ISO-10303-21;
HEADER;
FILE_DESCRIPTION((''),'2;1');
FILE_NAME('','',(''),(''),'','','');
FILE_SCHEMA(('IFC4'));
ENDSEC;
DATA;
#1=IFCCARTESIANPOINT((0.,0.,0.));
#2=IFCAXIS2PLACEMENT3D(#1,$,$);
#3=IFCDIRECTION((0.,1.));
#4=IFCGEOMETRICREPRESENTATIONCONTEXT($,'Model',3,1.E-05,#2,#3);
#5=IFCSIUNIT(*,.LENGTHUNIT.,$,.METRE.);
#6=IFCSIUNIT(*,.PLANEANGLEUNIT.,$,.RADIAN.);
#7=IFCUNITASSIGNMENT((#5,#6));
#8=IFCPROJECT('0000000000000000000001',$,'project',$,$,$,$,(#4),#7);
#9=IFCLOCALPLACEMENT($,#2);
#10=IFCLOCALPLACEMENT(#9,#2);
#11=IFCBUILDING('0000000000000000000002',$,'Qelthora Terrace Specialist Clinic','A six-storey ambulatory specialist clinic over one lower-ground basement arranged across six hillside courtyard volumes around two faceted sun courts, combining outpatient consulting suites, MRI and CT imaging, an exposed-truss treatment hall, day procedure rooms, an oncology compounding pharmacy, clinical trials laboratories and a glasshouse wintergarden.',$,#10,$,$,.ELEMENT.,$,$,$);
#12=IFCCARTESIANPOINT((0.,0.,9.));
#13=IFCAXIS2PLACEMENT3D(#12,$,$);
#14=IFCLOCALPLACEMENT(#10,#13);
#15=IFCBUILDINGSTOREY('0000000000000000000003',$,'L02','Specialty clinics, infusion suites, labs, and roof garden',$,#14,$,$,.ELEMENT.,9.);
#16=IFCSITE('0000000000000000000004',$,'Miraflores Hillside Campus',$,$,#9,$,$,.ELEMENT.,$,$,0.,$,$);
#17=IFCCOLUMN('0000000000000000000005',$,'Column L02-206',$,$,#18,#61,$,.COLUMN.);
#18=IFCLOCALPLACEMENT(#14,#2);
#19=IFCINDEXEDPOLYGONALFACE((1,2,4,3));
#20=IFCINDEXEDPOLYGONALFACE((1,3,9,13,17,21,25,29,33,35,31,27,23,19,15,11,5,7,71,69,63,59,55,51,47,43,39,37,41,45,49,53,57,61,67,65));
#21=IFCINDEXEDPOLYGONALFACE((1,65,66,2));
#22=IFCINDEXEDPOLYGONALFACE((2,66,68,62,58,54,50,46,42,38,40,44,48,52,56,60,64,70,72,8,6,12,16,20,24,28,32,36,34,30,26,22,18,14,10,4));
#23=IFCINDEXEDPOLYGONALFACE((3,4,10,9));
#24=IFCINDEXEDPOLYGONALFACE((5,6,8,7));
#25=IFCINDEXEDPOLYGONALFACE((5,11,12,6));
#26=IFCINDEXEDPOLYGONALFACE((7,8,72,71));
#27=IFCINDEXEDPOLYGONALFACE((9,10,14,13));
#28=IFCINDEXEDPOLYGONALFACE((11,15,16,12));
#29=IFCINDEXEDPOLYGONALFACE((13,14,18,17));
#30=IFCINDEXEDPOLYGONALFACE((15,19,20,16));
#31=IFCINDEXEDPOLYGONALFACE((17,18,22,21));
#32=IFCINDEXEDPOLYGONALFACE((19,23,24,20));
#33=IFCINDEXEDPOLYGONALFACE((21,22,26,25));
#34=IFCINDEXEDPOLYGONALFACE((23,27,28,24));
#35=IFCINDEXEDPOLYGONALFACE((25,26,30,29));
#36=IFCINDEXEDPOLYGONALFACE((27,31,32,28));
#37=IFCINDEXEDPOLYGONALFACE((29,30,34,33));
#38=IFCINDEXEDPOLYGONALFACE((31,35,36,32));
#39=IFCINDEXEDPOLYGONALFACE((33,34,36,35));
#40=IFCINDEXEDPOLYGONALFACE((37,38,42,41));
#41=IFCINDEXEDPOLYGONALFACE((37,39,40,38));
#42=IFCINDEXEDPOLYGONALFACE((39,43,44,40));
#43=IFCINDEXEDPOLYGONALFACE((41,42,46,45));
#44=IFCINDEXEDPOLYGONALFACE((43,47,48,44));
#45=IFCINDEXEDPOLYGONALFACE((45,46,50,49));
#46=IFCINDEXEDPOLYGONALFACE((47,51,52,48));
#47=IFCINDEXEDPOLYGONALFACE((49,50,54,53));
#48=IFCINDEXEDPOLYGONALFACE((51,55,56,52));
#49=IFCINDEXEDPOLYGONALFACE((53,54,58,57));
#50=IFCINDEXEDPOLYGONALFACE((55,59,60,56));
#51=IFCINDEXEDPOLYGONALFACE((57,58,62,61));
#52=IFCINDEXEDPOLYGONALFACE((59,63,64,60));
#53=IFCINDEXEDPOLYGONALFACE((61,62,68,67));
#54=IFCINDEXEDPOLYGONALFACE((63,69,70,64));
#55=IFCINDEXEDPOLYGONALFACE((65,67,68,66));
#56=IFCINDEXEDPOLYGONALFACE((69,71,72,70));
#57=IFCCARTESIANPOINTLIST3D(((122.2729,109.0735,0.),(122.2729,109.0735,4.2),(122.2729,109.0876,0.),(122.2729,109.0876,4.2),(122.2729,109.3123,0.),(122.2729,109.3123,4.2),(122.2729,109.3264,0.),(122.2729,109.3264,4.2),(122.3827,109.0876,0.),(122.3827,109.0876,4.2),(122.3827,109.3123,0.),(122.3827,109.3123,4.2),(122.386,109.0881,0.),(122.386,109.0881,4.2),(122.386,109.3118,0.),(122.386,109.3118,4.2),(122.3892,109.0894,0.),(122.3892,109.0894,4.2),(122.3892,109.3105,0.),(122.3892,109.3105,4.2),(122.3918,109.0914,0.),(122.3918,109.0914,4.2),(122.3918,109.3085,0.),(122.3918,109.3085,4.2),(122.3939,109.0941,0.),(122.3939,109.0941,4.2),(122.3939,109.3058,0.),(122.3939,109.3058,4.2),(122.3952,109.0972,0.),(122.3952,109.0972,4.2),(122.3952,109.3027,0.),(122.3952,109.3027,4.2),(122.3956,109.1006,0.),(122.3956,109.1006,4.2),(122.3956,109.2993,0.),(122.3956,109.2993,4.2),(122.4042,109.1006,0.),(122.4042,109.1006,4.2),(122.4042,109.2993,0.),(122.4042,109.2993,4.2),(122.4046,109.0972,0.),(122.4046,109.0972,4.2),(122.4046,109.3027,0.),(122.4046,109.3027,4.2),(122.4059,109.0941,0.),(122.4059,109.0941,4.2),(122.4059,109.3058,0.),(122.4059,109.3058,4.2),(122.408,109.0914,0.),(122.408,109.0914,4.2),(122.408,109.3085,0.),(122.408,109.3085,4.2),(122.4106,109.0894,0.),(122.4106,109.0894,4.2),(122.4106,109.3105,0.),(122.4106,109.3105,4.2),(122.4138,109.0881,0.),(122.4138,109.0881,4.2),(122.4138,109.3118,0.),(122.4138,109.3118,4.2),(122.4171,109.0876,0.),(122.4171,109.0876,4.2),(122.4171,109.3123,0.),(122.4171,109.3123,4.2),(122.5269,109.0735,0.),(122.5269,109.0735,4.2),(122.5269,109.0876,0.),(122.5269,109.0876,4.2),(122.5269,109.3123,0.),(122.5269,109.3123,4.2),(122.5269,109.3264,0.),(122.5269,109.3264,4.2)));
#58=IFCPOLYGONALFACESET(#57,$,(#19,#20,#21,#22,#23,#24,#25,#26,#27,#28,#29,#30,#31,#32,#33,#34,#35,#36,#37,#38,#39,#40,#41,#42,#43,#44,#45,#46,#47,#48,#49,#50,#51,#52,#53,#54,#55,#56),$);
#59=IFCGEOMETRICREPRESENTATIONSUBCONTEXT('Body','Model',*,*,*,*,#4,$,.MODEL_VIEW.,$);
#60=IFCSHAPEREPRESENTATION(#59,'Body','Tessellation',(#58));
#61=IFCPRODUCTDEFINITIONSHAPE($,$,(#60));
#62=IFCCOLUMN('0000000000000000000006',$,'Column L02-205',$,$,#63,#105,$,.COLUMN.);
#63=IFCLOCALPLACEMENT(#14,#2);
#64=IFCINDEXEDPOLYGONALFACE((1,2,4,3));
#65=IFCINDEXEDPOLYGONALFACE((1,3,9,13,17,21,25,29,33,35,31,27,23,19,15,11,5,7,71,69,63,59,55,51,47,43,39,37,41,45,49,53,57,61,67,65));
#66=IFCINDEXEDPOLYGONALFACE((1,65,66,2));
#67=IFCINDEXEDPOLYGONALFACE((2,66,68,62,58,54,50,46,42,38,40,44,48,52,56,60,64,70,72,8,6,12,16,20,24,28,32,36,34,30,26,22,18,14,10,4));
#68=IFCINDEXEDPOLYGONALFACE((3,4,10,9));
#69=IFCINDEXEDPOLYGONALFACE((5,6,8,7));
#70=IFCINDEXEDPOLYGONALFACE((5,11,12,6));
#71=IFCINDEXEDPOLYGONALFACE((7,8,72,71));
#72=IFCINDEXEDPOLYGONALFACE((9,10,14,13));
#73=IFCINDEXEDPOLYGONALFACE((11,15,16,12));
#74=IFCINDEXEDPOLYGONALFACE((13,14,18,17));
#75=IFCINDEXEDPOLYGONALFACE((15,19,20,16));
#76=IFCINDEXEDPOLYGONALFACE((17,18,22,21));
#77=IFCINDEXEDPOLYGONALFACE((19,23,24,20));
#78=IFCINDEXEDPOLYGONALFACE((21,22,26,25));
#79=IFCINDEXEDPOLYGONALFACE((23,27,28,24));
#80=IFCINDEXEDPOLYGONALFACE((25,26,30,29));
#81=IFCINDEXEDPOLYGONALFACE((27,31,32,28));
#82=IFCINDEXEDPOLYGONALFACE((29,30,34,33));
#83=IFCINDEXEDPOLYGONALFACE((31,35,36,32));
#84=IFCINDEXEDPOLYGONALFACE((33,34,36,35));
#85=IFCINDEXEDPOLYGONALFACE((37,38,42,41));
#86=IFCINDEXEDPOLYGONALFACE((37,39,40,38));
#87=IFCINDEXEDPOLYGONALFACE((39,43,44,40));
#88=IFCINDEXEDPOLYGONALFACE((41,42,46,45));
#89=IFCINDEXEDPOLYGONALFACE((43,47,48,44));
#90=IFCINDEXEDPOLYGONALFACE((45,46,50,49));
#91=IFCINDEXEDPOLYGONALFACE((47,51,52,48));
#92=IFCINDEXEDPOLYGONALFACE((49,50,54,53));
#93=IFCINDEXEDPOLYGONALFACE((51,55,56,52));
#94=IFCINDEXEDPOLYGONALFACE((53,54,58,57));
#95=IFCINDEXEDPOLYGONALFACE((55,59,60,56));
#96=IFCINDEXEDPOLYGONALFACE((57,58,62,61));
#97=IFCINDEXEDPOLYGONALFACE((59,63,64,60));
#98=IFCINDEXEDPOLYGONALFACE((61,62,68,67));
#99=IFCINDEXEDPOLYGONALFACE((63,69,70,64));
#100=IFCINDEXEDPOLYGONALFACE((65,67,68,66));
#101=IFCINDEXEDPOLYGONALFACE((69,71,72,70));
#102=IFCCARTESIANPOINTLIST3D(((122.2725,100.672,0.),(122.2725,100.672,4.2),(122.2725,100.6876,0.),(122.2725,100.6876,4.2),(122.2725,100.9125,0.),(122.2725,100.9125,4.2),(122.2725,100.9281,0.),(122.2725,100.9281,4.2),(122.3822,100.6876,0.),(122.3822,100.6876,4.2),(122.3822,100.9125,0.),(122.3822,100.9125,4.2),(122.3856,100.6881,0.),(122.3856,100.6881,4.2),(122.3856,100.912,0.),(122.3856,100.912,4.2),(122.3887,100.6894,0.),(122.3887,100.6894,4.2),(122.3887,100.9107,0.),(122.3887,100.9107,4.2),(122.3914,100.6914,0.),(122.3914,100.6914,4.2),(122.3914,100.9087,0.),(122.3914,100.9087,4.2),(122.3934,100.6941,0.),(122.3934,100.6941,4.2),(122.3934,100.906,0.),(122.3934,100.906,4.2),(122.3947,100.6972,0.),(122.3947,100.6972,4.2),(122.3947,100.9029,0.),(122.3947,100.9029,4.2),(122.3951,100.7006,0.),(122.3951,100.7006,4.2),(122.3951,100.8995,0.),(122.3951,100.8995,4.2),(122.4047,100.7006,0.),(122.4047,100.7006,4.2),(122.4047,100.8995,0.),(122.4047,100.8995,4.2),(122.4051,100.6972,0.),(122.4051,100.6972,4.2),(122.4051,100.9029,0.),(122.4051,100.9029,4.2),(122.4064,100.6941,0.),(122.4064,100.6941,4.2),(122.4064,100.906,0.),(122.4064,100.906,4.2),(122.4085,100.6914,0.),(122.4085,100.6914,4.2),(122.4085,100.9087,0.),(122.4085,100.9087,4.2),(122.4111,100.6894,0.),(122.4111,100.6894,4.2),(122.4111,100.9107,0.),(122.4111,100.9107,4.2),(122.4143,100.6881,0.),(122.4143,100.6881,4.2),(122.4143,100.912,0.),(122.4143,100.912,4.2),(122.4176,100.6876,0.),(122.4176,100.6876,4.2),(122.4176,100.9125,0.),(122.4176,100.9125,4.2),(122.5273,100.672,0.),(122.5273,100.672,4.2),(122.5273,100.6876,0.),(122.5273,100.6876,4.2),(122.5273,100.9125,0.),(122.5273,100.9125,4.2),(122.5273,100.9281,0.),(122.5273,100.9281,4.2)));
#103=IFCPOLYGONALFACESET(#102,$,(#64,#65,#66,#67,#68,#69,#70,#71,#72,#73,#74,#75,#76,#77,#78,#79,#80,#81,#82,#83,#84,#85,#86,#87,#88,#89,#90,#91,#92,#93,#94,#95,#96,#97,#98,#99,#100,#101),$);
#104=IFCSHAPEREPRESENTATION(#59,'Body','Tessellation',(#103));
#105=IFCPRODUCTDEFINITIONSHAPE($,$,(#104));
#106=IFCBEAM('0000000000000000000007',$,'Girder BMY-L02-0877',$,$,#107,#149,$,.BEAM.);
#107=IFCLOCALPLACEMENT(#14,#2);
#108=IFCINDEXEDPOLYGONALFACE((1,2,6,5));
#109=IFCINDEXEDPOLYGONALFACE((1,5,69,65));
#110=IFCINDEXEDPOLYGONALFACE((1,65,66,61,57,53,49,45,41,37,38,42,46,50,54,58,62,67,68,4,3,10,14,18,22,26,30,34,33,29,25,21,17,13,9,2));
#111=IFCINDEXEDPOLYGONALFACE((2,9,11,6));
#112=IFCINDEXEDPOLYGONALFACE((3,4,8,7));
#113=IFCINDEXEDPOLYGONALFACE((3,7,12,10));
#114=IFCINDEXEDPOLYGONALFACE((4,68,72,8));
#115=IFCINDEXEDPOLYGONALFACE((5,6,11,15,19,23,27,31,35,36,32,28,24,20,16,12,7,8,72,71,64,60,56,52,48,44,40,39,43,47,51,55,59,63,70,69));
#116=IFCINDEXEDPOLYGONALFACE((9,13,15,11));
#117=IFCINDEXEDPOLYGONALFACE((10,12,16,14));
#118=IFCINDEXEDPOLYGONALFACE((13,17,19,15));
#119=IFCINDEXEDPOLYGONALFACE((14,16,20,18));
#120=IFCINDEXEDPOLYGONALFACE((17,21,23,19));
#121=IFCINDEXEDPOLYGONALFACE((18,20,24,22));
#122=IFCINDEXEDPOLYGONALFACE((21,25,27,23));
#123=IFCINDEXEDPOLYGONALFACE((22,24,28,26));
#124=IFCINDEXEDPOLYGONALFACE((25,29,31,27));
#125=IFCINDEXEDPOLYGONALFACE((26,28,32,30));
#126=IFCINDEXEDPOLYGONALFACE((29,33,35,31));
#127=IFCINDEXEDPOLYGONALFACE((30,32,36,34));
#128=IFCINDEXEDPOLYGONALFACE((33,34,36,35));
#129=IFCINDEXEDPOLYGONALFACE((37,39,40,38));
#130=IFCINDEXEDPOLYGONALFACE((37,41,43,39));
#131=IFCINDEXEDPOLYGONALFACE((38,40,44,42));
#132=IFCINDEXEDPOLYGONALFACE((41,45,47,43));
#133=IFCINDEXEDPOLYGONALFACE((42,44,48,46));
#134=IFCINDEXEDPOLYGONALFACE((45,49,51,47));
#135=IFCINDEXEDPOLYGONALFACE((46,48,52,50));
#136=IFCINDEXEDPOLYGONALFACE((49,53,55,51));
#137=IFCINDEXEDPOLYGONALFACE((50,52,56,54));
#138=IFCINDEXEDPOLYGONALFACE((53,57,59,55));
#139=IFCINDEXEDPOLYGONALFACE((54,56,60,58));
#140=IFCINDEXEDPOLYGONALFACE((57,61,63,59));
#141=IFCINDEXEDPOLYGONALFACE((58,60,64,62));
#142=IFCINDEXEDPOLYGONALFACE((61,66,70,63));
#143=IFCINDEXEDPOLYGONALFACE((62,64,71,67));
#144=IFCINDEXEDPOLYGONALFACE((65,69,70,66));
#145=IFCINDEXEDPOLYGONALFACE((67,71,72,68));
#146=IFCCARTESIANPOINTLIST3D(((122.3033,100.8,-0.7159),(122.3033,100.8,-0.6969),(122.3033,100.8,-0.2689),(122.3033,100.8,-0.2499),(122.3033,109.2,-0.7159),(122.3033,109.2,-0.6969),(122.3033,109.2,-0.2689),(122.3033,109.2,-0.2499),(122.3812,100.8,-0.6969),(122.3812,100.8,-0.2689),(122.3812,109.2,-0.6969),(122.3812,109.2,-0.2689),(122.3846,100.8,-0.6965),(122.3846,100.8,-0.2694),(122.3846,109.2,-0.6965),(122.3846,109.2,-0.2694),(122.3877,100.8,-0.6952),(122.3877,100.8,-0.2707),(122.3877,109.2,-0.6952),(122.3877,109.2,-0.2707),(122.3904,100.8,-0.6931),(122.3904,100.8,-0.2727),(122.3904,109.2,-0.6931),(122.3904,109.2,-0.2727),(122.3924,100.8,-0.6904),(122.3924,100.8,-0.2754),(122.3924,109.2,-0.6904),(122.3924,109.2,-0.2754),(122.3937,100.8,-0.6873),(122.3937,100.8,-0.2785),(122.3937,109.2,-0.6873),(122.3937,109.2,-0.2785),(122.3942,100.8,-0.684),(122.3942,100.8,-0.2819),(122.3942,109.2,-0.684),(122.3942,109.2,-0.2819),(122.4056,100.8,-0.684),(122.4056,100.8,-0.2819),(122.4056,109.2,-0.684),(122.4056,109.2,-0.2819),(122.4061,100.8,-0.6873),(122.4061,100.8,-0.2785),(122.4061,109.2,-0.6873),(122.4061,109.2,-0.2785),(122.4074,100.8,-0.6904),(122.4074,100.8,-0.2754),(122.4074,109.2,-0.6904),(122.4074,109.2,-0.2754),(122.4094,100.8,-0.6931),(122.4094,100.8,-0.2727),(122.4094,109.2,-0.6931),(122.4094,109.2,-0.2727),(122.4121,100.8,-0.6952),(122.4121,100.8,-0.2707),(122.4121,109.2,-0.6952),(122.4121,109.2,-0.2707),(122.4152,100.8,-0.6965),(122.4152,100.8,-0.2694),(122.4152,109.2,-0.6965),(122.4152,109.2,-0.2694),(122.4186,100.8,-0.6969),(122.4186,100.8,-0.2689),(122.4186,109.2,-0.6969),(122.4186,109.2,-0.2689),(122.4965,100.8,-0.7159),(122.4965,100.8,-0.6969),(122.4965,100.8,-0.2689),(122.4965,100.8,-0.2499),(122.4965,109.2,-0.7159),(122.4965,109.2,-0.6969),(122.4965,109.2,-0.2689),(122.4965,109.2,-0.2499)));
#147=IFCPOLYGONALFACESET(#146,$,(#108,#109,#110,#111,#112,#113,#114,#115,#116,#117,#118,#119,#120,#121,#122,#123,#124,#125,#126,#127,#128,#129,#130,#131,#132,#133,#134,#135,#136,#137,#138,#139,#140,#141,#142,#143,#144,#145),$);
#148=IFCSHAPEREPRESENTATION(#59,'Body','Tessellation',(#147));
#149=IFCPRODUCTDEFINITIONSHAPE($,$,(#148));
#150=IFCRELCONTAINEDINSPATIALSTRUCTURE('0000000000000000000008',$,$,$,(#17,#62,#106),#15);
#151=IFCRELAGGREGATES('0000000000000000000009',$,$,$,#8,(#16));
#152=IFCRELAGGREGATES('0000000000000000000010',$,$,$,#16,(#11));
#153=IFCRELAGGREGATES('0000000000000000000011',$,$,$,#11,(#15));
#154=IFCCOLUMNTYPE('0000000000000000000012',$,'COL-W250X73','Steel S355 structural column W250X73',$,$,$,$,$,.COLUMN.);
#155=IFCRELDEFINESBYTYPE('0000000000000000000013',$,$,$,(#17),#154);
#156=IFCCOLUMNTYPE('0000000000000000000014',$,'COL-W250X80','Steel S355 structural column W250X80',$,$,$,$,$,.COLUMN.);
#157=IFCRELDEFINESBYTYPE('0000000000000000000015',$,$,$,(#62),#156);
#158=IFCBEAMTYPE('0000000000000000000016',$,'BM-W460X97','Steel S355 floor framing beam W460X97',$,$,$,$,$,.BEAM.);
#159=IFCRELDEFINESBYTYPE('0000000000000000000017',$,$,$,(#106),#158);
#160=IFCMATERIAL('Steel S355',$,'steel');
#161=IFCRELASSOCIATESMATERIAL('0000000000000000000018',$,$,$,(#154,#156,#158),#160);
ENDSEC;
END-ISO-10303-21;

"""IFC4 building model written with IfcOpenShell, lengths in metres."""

from ifc_helpers import new_model, si_unit, direction, frame, origin, origin_2d, place, context, subcontext, project, spatial, i_section, extrude, material, material_profile, profile_set, type_object, element, save


model = new_model("IFC4")

# Units and contexts
model_context = context("Model", 3, precision=1e-05, world=origin(), true_north=direction((0.0, 1.0)))
body_context = subcontext(model_context, "Body", "Model", "MODEL_VIEW")
ifc_project = project(units=[si_unit("LENGTHUNIT", "METRE"), si_unit("PLANEANGLEUNIT", "RADIAN")], contexts=[model_context])

# Site, building, storey
site_placement = place(None, origin())
site = spatial("IfcSite", under=ifc_project, at=site_placement, Name="Miraflores Hillside Campus", CompositionType="ELEMENT", RefElevation=0.0)
building_placement = place(site_placement, origin())
building = spatial("IfcBuilding", under=site, at=building_placement, Name="Qelthora Terrace Specialist Clinic", Description="A six-storey ambulatory specialist clinic over one lower-ground basement arranged across six hillside courtyard volumes around two faceted sun courts, combining outpatient consulting suites, MRI and CT imaging, an exposed-truss treatment hall, day procedure rooms, an oncology compounding pharmacy, clinical trials laboratories and a glasshouse wintergarden.", CompositionType="ELEMENT")
storey_placement = place(building_placement, frame((0.0, 0.0, 9.0)))
storey = spatial("IfcBuildingStorey", under=building, at=storey_placement, Name="L02", Description="Specialty clinics, infusion suites, labs, and roof garden", CompositionType="ELEMENT", Elevation=9.0)

# Columns
ifc_material_1 = material(Name="Steel S355", Category="steel")
ifc_material_profile_1 = material_profile(ifc_material_1, i_section(OverallWidth=0.2539, OverallDepth=0.2529, WebThickness=0.0085, FlangeThickness=0.0142, FilletRadius=0.0129, at=origin_2d()), Name="W250X73")
ifc_profile_set_1 = profile_set([ifc_material_profile_1], Name="Steel S355")
column_type_1 = type_object("IfcColumnType", Name="COL-W250X73", Description="Steel S355 structural column W250X73", PredefinedType="COLUMN", material=ifc_profile_set_1)
column_1_placement = place(storey_placement, frame((122.3999, 109.2, 0.0), z_axis=(0.0, 0.0, 1.0), x_axis=(1.0, 0.0, 0.0)))
element("IfcColumn", 1, at=column_1_placement, inside=storey, type_object=column_type_1, Name="Column L02-206", PredefinedType="COLUMN", context=body_context, shape_type="SweptSolid", body=[
    extrude(i_section(OverallWidth=0.2539, OverallDepth=0.2529, WebThickness=0.0085, FlangeThickness=0.0142, FilletRadius=0.0129, at=origin_2d()), origin(), (0.0, 0.0, 1.0), 4.2),
])
ifc_material_profile_2 = material_profile(ifc_material_1, i_section(OverallWidth=0.2549, OverallDepth=0.2561, WebThickness=0.0095, FlangeThickness=0.0156, FilletRadius=0.0129, at=origin_2d()), Name="W250X80")
ifc_profile_set_2 = profile_set([ifc_material_profile_2], Name="Steel S355")
column_type_2 = type_object("IfcColumnType", Name="COL-W250X80", Description="Steel S355 structural column W250X80", PredefinedType="COLUMN", material=ifc_profile_set_2)
column_2_placement = place(storey_placement, frame((122.3999, 100.8, 0.0), z_axis=(0.0, 0.0, 1.0), x_axis=(1.0, 0.0, 0.0)))
element("IfcColumn", 2, at=column_2_placement, inside=storey, type_object=column_type_2, Name="Column L02-205", PredefinedType="COLUMN", context=body_context, shape_type="SweptSolid", body=[
    extrude(i_section(OverallWidth=0.2549, OverallDepth=0.2561, WebThickness=0.0095, FlangeThickness=0.0156, FilletRadius=0.0129, at=origin_2d()), origin(), (0.0, 0.0, 1.0), 4.2),
])

# Beam
ifc_material_profile_3 = material_profile(ifc_material_1, i_section(OverallWidth=0.1931, OverallDepth=0.4661, WebThickness=0.0115, FlangeThickness=0.019, FilletRadius=0.0129, at=origin_2d()), Name="W460X97")
ifc_profile_set_3 = profile_set([ifc_material_profile_3], Name="Steel S355")
beam_type_1 = type_object("IfcBeamType", Name="BM-W460X97", Description="Steel S355 floor framing beam W460X97", PredefinedType="BEAM", material=ifc_profile_set_3)
beam_1_placement = place(storey_placement, frame((122.3999, 100.8, -0.4829), z_axis=(0.0, 1.0, 0.0), x_axis=(-1.0, 0.0, 0.0)))
element("IfcBeam", 3, at=beam_1_placement, inside=storey, type_object=beam_type_1, Name="Girder BMY-L02-0877", PredefinedType="BEAM", context=body_context, shape_type="SweptSolid", body=[
    extrude(i_section(OverallWidth=0.1931, OverallDepth=0.4661, WebThickness=0.0115, FlangeThickness=0.019, FilletRadius=0.0129, at=origin_2d()), origin(), (0.0, 0.0, 1.0), 8.3999),
])

save(model, "model.ifc")
